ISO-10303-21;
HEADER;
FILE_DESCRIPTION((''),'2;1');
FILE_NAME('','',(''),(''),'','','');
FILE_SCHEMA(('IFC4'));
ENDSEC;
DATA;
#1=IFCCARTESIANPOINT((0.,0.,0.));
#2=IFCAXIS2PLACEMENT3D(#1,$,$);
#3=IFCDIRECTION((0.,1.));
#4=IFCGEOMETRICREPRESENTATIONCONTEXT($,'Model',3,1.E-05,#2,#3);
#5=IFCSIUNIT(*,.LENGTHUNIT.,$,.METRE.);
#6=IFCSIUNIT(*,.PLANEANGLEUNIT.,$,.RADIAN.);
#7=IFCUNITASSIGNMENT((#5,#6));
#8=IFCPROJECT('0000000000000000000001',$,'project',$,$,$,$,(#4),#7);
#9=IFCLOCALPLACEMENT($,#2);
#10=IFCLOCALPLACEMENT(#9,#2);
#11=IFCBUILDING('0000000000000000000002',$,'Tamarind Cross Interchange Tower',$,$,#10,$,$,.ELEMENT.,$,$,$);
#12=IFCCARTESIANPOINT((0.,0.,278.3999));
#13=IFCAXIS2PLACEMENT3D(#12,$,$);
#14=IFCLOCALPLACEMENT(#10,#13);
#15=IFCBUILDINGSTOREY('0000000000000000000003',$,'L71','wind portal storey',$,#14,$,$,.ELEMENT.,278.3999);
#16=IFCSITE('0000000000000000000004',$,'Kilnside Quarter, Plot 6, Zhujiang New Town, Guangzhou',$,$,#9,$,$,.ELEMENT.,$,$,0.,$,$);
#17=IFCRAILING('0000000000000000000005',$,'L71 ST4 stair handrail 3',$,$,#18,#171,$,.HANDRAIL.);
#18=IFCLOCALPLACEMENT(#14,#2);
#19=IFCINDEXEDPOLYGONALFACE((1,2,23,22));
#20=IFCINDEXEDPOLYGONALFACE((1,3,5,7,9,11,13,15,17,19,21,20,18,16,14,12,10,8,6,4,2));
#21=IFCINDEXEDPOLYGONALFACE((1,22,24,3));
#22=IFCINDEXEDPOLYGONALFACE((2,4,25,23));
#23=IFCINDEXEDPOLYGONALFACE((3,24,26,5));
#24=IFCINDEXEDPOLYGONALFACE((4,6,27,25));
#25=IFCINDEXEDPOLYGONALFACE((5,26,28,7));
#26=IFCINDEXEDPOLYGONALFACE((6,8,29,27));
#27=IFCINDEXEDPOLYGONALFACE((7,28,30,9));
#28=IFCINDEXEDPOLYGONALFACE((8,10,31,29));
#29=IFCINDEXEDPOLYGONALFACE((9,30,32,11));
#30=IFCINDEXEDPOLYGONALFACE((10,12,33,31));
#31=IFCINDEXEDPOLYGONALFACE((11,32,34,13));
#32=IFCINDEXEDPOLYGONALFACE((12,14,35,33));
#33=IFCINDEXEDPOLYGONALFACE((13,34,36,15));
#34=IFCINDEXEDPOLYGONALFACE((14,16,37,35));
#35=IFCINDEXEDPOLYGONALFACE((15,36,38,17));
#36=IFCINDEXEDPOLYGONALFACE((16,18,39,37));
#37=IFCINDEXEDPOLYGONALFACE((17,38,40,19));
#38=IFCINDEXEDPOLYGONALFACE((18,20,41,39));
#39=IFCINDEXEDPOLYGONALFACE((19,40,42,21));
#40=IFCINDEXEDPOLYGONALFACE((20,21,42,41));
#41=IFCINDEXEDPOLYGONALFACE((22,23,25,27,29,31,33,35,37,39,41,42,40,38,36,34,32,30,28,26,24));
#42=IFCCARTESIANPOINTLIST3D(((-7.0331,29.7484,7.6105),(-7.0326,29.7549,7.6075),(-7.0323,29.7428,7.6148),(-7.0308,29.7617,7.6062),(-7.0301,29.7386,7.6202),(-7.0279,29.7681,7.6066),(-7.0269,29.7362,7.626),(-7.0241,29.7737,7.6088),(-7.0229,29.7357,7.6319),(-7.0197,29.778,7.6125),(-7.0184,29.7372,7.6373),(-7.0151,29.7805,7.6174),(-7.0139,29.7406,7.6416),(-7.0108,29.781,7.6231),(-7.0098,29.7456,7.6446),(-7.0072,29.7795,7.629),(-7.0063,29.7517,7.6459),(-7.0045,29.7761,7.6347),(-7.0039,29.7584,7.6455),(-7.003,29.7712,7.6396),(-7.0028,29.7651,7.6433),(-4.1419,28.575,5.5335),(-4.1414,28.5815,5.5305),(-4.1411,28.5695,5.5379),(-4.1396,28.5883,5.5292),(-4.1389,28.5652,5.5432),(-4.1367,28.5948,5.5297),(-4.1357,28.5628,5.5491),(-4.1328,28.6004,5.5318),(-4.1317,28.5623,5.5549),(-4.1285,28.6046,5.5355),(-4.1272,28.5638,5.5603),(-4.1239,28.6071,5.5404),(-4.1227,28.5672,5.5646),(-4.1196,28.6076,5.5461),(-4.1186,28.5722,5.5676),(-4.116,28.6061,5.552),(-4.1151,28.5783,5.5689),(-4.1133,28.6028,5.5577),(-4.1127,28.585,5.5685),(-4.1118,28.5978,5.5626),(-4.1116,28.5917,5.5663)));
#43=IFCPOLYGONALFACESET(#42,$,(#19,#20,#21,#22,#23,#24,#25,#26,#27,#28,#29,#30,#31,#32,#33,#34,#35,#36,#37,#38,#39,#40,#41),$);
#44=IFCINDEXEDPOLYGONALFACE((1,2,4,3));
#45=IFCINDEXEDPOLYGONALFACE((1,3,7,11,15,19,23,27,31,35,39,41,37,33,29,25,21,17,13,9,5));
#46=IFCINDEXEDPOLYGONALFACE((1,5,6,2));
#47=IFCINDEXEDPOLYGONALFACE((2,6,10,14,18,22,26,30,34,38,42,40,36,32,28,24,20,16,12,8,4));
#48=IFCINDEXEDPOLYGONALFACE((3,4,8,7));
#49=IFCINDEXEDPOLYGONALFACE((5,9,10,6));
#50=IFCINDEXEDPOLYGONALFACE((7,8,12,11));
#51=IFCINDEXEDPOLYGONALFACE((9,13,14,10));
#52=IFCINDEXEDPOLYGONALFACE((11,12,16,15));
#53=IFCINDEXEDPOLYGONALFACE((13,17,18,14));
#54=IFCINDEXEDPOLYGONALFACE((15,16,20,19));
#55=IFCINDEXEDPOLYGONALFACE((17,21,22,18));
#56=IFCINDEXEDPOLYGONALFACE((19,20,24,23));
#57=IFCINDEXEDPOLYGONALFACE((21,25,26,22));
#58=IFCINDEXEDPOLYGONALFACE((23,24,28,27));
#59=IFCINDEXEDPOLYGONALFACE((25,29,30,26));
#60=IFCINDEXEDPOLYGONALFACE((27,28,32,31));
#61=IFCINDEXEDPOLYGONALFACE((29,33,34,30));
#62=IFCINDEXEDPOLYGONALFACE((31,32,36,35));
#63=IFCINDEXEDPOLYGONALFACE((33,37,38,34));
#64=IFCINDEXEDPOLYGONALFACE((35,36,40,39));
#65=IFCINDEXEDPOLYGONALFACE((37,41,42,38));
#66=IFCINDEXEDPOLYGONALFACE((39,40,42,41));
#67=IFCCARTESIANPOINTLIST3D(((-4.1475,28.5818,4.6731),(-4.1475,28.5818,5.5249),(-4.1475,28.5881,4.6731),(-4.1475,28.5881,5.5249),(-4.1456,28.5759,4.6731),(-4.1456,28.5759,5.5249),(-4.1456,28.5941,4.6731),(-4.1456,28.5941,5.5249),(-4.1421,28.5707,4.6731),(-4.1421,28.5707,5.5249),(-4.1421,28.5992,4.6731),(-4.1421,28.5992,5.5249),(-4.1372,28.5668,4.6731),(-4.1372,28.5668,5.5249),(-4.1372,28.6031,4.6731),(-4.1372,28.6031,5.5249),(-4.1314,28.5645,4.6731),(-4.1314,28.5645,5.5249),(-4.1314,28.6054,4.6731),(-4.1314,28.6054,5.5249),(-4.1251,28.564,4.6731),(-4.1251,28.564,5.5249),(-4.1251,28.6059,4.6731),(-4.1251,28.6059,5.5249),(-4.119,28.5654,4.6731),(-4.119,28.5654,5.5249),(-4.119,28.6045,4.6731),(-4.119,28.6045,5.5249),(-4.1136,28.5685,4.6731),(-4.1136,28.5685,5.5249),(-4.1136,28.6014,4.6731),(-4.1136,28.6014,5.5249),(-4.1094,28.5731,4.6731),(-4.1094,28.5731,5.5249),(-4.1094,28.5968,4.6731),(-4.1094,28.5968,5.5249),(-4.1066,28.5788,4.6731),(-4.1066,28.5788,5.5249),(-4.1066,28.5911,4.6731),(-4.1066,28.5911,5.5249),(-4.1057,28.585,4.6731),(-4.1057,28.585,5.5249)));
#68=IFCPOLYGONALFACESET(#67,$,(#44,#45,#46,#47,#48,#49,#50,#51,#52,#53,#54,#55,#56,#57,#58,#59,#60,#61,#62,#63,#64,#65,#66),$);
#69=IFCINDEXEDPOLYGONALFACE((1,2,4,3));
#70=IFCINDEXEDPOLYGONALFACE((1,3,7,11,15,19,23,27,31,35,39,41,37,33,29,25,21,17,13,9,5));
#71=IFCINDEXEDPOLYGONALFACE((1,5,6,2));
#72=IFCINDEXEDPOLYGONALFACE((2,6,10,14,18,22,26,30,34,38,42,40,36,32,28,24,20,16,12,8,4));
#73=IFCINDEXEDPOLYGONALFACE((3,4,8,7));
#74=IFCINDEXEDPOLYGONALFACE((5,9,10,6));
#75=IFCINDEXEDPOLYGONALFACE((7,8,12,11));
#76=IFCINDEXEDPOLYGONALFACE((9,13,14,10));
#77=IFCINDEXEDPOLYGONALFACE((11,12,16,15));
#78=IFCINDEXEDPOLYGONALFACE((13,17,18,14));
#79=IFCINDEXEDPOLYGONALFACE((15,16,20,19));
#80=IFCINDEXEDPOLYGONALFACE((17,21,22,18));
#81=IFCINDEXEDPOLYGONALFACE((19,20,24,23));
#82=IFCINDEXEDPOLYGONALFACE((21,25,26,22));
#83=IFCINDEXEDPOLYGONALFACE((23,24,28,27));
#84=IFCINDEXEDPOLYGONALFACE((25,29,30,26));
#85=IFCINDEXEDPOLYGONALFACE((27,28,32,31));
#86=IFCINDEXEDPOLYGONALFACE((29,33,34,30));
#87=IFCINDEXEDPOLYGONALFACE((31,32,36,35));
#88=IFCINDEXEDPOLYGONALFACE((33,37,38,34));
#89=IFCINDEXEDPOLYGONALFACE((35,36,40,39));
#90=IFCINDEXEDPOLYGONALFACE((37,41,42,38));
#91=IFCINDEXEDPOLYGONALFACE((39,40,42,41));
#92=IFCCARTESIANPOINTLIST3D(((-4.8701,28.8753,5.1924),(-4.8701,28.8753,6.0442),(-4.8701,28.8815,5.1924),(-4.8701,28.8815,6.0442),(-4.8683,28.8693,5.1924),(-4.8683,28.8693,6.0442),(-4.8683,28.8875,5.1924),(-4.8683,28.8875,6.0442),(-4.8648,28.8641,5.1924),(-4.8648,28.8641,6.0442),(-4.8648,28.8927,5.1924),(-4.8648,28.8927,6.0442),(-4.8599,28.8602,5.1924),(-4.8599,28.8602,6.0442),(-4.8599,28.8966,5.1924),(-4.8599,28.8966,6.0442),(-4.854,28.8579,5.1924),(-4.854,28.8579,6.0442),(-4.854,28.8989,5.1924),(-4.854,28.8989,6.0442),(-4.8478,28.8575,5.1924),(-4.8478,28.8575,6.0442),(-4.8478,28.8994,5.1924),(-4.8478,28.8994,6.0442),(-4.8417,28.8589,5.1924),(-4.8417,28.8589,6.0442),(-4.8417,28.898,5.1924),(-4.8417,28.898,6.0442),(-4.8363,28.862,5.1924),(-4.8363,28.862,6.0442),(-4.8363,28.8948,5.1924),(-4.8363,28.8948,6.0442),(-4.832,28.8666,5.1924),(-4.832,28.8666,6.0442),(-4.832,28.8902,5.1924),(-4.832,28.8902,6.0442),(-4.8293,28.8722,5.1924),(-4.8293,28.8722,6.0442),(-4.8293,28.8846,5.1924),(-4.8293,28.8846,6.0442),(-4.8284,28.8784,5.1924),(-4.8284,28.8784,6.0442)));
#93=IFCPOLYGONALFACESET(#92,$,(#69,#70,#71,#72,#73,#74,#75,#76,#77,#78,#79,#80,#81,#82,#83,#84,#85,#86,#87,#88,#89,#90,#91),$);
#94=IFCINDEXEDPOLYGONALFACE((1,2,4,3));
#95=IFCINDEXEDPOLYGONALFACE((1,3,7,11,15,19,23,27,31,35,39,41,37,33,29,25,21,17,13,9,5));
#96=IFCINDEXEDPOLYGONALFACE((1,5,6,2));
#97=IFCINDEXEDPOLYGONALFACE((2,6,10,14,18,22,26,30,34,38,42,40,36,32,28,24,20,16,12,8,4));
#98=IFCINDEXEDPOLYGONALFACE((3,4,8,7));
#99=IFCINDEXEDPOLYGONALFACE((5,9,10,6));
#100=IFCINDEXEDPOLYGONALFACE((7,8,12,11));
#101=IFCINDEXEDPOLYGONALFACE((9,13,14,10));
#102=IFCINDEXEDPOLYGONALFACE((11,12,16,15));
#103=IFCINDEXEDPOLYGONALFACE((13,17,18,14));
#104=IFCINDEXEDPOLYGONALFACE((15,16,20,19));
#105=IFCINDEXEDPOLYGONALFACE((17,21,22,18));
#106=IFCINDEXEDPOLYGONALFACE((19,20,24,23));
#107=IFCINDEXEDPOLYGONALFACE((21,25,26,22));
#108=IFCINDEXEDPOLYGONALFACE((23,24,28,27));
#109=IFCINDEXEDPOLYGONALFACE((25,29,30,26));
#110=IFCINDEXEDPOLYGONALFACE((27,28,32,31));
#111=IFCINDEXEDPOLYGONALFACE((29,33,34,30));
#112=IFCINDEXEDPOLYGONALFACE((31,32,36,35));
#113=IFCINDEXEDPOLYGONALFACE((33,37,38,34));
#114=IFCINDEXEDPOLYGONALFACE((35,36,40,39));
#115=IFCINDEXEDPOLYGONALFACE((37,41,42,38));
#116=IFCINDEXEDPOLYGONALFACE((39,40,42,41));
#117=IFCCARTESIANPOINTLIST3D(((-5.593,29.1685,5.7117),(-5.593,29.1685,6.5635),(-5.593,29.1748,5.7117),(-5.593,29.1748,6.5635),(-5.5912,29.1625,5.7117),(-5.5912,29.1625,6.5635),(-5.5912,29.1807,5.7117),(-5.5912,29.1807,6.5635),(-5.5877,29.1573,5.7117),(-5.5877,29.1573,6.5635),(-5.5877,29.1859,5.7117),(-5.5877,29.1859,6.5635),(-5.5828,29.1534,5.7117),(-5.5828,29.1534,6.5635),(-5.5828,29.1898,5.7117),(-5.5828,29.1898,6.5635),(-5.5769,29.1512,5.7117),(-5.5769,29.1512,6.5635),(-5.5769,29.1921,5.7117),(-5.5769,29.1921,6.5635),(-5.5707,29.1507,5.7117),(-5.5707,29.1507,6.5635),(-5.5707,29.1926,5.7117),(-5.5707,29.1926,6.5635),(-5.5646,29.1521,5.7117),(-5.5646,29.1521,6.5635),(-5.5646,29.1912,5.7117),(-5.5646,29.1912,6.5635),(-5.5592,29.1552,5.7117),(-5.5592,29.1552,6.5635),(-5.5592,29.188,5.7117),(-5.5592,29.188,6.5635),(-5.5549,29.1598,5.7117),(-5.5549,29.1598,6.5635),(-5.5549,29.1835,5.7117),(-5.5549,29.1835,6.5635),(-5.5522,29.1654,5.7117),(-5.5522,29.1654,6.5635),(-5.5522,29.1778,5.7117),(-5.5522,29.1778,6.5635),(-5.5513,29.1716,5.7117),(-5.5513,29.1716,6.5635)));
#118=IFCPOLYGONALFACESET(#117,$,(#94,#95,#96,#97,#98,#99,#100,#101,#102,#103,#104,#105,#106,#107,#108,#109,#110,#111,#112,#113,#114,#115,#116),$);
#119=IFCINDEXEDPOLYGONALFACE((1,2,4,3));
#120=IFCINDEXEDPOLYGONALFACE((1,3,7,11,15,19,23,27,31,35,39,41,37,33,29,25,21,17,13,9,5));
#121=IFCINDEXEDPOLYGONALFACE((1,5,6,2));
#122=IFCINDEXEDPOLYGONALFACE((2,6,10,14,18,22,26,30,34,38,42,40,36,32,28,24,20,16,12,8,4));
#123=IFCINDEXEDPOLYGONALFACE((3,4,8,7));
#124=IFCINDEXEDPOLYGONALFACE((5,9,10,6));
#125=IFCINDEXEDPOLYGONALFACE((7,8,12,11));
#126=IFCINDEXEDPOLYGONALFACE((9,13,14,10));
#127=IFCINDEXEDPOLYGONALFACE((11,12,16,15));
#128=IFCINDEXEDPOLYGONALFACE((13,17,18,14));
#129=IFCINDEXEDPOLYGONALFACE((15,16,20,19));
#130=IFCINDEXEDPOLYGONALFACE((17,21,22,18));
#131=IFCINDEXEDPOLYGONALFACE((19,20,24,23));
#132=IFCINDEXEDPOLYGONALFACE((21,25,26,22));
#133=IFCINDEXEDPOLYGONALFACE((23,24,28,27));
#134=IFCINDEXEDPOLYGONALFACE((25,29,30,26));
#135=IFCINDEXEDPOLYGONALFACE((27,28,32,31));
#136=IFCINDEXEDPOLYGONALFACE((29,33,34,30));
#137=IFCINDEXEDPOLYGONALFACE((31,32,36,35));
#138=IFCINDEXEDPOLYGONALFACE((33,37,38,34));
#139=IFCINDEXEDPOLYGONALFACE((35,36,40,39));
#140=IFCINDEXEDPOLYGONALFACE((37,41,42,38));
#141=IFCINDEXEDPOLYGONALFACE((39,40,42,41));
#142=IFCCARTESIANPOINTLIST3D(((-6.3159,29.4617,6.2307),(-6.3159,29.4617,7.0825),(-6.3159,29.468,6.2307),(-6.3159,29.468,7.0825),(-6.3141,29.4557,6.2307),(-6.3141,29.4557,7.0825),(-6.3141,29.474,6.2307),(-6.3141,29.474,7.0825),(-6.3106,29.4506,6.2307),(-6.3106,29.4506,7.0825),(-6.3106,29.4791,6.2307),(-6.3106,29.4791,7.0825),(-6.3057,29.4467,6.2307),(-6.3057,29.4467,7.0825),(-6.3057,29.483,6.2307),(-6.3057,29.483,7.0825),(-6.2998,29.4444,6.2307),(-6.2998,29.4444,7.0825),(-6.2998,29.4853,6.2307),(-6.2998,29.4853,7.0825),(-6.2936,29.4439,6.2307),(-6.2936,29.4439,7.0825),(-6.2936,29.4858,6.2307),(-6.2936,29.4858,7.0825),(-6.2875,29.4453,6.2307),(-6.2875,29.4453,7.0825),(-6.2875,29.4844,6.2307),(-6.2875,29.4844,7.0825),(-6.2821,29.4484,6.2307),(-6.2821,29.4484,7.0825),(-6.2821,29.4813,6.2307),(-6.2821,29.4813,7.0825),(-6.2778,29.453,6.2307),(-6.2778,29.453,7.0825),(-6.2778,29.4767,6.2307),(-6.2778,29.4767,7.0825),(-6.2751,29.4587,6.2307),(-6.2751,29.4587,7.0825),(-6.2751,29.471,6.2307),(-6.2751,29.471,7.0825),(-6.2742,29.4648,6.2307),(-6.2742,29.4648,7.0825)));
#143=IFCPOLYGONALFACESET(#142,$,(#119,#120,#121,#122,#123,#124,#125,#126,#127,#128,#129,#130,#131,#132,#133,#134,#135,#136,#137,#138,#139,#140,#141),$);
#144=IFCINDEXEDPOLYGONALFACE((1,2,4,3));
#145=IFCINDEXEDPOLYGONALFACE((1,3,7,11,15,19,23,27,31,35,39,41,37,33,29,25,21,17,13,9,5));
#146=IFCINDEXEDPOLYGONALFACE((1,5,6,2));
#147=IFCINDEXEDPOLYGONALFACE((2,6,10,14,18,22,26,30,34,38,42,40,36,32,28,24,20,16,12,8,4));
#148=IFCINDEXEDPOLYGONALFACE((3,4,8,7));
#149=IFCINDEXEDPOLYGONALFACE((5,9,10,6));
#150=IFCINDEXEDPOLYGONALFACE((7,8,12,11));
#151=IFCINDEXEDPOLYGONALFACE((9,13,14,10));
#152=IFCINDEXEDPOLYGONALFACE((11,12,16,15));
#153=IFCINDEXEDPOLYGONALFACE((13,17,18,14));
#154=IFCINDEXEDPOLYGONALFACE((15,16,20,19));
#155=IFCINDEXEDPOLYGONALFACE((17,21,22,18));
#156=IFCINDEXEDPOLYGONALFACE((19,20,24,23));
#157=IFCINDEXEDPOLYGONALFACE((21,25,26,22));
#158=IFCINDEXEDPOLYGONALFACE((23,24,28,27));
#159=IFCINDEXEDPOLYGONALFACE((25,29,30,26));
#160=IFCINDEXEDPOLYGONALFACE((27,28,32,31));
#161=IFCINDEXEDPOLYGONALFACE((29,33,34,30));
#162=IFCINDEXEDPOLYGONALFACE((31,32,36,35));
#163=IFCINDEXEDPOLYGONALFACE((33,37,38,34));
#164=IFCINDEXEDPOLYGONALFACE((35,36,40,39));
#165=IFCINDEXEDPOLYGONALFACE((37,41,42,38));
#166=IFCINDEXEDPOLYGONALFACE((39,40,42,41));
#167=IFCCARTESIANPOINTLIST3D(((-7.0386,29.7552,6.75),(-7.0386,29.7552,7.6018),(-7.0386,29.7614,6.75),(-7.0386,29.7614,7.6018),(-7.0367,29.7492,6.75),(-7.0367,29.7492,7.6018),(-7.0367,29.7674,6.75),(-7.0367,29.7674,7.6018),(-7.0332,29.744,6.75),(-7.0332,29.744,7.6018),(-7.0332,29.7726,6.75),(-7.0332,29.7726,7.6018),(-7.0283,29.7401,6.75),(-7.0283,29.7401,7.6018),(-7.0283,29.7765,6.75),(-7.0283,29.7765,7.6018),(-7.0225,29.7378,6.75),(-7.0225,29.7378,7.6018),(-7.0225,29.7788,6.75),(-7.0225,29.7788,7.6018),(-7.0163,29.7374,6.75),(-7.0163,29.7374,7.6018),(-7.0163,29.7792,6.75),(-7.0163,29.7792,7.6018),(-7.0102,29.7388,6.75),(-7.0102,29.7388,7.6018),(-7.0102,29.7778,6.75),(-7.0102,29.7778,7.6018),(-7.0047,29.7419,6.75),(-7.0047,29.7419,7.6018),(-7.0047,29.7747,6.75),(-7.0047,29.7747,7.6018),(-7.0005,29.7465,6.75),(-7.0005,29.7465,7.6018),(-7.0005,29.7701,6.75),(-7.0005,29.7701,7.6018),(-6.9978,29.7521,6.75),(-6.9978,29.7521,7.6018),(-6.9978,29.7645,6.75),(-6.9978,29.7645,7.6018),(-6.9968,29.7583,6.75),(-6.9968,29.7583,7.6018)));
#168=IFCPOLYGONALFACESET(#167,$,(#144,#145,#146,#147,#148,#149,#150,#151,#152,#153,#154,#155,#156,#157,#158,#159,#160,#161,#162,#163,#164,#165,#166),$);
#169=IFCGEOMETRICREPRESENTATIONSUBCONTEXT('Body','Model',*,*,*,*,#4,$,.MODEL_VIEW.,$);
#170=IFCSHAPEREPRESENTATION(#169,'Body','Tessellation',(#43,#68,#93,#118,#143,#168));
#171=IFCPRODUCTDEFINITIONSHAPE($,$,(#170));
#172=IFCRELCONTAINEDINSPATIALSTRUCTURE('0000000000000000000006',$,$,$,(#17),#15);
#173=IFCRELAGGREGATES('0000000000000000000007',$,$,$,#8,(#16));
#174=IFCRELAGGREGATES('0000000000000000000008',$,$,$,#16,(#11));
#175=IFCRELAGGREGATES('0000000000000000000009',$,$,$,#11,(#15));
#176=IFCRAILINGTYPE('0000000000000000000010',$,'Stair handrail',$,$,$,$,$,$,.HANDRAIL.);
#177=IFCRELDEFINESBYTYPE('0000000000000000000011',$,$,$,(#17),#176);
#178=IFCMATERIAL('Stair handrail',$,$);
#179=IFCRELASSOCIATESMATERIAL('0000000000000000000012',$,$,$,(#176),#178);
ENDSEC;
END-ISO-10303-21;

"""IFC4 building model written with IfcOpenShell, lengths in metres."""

from ifc_helpers import new_model, si_unit, direction, frame, origin, origin_2d, place, context, subcontext, project, spatial, circle, extrude, material, type_object, element, save


model = new_model("IFC4")

# Units and contexts
model_context = context("Model", 3, precision=1e-05, world=origin(), true_north=direction((0.0, 1.0)))
body_context = subcontext(model_context, "Body", "Model", "MODEL_VIEW")
ifc_project = project(units=[si_unit("LENGTHUNIT", "METRE"), si_unit("PLANEANGLEUNIT", "RADIAN")], contexts=[model_context])

# Site, building, storey
site_placement = place(None, origin())
site = spatial("IfcSite", under=ifc_project, at=site_placement, Name="Kilnside Quarter, Plot 6, Zhujiang New Town, Guangzhou", CompositionType="ELEMENT", RefElevation=0.0)
building_placement = place(site_placement, origin())
building = spatial("IfcBuilding", under=site, at=building_placement, Name="Tamarind Cross Interchange Tower", CompositionType="ELEMENT")
storey_placement = place(building_placement, frame((0.0, 0.0, 278.3999)))
storey = spatial("IfcBuildingStorey", under=building, at=storey_placement, Name="L71", Description="wind portal storey", CompositionType="ELEMENT", Elevation=278.3999)

# Railing
ifc_material_1 = material(Name="Stair handrail")
railing_type_1 = type_object("IfcRailingType", Name="Stair handrail", PredefinedType="HANDRAIL", material=ifc_material_1)
for number, where, name in (
    (1, (-4.1267, 28.585, 4.6731), "L71 ST4 stair handrail 3"),
):
    element("IfcRailing", number, at=place(storey_placement, frame(where)), inside=storey, type_object=railing_type_1, Name=name, PredefinedType="HANDRAIL", context=body_context, shape_type="SweptSolid", body=[
        extrude(circle(Radius=0.0239, at=origin_2d()), frame((0.0, 0.0, 0.876), z_axis=(-0.77134, 0.313043, 0.554111), x_axis=(-0.376054, -0.926598, 0.0)), (0.0, 0.0, 1.0), 3.7483),
        extrude(circle(Radius=0.021, at=origin_2d()), origin(), (0.0, 0.0, 1.0), 0.8518),
        extrude(circle(Radius=0.021, at=origin_2d()), frame((-0.7227, 0.2935, 0.5193)), (0.0, 0.0, 1.0), 0.8518),
        extrude(circle(Radius=0.021, at=origin_2d()), frame((-1.4456, 0.5867, 1.0386)), (0.0, 0.0, 1.0), 0.8518),
        extrude(circle(Radius=0.021, at=origin_2d()), frame((-2.1685, 0.8799, 1.5576)), (0.0, 0.0, 1.0), 0.8518),
        extrude(circle(Radius=0.021, at=origin_2d()), frame((-2.8911, 1.1733, 2.0769)), (0.0, 0.0, 1.0), 0.8518),
    ])

save(model, "model.ifc")
